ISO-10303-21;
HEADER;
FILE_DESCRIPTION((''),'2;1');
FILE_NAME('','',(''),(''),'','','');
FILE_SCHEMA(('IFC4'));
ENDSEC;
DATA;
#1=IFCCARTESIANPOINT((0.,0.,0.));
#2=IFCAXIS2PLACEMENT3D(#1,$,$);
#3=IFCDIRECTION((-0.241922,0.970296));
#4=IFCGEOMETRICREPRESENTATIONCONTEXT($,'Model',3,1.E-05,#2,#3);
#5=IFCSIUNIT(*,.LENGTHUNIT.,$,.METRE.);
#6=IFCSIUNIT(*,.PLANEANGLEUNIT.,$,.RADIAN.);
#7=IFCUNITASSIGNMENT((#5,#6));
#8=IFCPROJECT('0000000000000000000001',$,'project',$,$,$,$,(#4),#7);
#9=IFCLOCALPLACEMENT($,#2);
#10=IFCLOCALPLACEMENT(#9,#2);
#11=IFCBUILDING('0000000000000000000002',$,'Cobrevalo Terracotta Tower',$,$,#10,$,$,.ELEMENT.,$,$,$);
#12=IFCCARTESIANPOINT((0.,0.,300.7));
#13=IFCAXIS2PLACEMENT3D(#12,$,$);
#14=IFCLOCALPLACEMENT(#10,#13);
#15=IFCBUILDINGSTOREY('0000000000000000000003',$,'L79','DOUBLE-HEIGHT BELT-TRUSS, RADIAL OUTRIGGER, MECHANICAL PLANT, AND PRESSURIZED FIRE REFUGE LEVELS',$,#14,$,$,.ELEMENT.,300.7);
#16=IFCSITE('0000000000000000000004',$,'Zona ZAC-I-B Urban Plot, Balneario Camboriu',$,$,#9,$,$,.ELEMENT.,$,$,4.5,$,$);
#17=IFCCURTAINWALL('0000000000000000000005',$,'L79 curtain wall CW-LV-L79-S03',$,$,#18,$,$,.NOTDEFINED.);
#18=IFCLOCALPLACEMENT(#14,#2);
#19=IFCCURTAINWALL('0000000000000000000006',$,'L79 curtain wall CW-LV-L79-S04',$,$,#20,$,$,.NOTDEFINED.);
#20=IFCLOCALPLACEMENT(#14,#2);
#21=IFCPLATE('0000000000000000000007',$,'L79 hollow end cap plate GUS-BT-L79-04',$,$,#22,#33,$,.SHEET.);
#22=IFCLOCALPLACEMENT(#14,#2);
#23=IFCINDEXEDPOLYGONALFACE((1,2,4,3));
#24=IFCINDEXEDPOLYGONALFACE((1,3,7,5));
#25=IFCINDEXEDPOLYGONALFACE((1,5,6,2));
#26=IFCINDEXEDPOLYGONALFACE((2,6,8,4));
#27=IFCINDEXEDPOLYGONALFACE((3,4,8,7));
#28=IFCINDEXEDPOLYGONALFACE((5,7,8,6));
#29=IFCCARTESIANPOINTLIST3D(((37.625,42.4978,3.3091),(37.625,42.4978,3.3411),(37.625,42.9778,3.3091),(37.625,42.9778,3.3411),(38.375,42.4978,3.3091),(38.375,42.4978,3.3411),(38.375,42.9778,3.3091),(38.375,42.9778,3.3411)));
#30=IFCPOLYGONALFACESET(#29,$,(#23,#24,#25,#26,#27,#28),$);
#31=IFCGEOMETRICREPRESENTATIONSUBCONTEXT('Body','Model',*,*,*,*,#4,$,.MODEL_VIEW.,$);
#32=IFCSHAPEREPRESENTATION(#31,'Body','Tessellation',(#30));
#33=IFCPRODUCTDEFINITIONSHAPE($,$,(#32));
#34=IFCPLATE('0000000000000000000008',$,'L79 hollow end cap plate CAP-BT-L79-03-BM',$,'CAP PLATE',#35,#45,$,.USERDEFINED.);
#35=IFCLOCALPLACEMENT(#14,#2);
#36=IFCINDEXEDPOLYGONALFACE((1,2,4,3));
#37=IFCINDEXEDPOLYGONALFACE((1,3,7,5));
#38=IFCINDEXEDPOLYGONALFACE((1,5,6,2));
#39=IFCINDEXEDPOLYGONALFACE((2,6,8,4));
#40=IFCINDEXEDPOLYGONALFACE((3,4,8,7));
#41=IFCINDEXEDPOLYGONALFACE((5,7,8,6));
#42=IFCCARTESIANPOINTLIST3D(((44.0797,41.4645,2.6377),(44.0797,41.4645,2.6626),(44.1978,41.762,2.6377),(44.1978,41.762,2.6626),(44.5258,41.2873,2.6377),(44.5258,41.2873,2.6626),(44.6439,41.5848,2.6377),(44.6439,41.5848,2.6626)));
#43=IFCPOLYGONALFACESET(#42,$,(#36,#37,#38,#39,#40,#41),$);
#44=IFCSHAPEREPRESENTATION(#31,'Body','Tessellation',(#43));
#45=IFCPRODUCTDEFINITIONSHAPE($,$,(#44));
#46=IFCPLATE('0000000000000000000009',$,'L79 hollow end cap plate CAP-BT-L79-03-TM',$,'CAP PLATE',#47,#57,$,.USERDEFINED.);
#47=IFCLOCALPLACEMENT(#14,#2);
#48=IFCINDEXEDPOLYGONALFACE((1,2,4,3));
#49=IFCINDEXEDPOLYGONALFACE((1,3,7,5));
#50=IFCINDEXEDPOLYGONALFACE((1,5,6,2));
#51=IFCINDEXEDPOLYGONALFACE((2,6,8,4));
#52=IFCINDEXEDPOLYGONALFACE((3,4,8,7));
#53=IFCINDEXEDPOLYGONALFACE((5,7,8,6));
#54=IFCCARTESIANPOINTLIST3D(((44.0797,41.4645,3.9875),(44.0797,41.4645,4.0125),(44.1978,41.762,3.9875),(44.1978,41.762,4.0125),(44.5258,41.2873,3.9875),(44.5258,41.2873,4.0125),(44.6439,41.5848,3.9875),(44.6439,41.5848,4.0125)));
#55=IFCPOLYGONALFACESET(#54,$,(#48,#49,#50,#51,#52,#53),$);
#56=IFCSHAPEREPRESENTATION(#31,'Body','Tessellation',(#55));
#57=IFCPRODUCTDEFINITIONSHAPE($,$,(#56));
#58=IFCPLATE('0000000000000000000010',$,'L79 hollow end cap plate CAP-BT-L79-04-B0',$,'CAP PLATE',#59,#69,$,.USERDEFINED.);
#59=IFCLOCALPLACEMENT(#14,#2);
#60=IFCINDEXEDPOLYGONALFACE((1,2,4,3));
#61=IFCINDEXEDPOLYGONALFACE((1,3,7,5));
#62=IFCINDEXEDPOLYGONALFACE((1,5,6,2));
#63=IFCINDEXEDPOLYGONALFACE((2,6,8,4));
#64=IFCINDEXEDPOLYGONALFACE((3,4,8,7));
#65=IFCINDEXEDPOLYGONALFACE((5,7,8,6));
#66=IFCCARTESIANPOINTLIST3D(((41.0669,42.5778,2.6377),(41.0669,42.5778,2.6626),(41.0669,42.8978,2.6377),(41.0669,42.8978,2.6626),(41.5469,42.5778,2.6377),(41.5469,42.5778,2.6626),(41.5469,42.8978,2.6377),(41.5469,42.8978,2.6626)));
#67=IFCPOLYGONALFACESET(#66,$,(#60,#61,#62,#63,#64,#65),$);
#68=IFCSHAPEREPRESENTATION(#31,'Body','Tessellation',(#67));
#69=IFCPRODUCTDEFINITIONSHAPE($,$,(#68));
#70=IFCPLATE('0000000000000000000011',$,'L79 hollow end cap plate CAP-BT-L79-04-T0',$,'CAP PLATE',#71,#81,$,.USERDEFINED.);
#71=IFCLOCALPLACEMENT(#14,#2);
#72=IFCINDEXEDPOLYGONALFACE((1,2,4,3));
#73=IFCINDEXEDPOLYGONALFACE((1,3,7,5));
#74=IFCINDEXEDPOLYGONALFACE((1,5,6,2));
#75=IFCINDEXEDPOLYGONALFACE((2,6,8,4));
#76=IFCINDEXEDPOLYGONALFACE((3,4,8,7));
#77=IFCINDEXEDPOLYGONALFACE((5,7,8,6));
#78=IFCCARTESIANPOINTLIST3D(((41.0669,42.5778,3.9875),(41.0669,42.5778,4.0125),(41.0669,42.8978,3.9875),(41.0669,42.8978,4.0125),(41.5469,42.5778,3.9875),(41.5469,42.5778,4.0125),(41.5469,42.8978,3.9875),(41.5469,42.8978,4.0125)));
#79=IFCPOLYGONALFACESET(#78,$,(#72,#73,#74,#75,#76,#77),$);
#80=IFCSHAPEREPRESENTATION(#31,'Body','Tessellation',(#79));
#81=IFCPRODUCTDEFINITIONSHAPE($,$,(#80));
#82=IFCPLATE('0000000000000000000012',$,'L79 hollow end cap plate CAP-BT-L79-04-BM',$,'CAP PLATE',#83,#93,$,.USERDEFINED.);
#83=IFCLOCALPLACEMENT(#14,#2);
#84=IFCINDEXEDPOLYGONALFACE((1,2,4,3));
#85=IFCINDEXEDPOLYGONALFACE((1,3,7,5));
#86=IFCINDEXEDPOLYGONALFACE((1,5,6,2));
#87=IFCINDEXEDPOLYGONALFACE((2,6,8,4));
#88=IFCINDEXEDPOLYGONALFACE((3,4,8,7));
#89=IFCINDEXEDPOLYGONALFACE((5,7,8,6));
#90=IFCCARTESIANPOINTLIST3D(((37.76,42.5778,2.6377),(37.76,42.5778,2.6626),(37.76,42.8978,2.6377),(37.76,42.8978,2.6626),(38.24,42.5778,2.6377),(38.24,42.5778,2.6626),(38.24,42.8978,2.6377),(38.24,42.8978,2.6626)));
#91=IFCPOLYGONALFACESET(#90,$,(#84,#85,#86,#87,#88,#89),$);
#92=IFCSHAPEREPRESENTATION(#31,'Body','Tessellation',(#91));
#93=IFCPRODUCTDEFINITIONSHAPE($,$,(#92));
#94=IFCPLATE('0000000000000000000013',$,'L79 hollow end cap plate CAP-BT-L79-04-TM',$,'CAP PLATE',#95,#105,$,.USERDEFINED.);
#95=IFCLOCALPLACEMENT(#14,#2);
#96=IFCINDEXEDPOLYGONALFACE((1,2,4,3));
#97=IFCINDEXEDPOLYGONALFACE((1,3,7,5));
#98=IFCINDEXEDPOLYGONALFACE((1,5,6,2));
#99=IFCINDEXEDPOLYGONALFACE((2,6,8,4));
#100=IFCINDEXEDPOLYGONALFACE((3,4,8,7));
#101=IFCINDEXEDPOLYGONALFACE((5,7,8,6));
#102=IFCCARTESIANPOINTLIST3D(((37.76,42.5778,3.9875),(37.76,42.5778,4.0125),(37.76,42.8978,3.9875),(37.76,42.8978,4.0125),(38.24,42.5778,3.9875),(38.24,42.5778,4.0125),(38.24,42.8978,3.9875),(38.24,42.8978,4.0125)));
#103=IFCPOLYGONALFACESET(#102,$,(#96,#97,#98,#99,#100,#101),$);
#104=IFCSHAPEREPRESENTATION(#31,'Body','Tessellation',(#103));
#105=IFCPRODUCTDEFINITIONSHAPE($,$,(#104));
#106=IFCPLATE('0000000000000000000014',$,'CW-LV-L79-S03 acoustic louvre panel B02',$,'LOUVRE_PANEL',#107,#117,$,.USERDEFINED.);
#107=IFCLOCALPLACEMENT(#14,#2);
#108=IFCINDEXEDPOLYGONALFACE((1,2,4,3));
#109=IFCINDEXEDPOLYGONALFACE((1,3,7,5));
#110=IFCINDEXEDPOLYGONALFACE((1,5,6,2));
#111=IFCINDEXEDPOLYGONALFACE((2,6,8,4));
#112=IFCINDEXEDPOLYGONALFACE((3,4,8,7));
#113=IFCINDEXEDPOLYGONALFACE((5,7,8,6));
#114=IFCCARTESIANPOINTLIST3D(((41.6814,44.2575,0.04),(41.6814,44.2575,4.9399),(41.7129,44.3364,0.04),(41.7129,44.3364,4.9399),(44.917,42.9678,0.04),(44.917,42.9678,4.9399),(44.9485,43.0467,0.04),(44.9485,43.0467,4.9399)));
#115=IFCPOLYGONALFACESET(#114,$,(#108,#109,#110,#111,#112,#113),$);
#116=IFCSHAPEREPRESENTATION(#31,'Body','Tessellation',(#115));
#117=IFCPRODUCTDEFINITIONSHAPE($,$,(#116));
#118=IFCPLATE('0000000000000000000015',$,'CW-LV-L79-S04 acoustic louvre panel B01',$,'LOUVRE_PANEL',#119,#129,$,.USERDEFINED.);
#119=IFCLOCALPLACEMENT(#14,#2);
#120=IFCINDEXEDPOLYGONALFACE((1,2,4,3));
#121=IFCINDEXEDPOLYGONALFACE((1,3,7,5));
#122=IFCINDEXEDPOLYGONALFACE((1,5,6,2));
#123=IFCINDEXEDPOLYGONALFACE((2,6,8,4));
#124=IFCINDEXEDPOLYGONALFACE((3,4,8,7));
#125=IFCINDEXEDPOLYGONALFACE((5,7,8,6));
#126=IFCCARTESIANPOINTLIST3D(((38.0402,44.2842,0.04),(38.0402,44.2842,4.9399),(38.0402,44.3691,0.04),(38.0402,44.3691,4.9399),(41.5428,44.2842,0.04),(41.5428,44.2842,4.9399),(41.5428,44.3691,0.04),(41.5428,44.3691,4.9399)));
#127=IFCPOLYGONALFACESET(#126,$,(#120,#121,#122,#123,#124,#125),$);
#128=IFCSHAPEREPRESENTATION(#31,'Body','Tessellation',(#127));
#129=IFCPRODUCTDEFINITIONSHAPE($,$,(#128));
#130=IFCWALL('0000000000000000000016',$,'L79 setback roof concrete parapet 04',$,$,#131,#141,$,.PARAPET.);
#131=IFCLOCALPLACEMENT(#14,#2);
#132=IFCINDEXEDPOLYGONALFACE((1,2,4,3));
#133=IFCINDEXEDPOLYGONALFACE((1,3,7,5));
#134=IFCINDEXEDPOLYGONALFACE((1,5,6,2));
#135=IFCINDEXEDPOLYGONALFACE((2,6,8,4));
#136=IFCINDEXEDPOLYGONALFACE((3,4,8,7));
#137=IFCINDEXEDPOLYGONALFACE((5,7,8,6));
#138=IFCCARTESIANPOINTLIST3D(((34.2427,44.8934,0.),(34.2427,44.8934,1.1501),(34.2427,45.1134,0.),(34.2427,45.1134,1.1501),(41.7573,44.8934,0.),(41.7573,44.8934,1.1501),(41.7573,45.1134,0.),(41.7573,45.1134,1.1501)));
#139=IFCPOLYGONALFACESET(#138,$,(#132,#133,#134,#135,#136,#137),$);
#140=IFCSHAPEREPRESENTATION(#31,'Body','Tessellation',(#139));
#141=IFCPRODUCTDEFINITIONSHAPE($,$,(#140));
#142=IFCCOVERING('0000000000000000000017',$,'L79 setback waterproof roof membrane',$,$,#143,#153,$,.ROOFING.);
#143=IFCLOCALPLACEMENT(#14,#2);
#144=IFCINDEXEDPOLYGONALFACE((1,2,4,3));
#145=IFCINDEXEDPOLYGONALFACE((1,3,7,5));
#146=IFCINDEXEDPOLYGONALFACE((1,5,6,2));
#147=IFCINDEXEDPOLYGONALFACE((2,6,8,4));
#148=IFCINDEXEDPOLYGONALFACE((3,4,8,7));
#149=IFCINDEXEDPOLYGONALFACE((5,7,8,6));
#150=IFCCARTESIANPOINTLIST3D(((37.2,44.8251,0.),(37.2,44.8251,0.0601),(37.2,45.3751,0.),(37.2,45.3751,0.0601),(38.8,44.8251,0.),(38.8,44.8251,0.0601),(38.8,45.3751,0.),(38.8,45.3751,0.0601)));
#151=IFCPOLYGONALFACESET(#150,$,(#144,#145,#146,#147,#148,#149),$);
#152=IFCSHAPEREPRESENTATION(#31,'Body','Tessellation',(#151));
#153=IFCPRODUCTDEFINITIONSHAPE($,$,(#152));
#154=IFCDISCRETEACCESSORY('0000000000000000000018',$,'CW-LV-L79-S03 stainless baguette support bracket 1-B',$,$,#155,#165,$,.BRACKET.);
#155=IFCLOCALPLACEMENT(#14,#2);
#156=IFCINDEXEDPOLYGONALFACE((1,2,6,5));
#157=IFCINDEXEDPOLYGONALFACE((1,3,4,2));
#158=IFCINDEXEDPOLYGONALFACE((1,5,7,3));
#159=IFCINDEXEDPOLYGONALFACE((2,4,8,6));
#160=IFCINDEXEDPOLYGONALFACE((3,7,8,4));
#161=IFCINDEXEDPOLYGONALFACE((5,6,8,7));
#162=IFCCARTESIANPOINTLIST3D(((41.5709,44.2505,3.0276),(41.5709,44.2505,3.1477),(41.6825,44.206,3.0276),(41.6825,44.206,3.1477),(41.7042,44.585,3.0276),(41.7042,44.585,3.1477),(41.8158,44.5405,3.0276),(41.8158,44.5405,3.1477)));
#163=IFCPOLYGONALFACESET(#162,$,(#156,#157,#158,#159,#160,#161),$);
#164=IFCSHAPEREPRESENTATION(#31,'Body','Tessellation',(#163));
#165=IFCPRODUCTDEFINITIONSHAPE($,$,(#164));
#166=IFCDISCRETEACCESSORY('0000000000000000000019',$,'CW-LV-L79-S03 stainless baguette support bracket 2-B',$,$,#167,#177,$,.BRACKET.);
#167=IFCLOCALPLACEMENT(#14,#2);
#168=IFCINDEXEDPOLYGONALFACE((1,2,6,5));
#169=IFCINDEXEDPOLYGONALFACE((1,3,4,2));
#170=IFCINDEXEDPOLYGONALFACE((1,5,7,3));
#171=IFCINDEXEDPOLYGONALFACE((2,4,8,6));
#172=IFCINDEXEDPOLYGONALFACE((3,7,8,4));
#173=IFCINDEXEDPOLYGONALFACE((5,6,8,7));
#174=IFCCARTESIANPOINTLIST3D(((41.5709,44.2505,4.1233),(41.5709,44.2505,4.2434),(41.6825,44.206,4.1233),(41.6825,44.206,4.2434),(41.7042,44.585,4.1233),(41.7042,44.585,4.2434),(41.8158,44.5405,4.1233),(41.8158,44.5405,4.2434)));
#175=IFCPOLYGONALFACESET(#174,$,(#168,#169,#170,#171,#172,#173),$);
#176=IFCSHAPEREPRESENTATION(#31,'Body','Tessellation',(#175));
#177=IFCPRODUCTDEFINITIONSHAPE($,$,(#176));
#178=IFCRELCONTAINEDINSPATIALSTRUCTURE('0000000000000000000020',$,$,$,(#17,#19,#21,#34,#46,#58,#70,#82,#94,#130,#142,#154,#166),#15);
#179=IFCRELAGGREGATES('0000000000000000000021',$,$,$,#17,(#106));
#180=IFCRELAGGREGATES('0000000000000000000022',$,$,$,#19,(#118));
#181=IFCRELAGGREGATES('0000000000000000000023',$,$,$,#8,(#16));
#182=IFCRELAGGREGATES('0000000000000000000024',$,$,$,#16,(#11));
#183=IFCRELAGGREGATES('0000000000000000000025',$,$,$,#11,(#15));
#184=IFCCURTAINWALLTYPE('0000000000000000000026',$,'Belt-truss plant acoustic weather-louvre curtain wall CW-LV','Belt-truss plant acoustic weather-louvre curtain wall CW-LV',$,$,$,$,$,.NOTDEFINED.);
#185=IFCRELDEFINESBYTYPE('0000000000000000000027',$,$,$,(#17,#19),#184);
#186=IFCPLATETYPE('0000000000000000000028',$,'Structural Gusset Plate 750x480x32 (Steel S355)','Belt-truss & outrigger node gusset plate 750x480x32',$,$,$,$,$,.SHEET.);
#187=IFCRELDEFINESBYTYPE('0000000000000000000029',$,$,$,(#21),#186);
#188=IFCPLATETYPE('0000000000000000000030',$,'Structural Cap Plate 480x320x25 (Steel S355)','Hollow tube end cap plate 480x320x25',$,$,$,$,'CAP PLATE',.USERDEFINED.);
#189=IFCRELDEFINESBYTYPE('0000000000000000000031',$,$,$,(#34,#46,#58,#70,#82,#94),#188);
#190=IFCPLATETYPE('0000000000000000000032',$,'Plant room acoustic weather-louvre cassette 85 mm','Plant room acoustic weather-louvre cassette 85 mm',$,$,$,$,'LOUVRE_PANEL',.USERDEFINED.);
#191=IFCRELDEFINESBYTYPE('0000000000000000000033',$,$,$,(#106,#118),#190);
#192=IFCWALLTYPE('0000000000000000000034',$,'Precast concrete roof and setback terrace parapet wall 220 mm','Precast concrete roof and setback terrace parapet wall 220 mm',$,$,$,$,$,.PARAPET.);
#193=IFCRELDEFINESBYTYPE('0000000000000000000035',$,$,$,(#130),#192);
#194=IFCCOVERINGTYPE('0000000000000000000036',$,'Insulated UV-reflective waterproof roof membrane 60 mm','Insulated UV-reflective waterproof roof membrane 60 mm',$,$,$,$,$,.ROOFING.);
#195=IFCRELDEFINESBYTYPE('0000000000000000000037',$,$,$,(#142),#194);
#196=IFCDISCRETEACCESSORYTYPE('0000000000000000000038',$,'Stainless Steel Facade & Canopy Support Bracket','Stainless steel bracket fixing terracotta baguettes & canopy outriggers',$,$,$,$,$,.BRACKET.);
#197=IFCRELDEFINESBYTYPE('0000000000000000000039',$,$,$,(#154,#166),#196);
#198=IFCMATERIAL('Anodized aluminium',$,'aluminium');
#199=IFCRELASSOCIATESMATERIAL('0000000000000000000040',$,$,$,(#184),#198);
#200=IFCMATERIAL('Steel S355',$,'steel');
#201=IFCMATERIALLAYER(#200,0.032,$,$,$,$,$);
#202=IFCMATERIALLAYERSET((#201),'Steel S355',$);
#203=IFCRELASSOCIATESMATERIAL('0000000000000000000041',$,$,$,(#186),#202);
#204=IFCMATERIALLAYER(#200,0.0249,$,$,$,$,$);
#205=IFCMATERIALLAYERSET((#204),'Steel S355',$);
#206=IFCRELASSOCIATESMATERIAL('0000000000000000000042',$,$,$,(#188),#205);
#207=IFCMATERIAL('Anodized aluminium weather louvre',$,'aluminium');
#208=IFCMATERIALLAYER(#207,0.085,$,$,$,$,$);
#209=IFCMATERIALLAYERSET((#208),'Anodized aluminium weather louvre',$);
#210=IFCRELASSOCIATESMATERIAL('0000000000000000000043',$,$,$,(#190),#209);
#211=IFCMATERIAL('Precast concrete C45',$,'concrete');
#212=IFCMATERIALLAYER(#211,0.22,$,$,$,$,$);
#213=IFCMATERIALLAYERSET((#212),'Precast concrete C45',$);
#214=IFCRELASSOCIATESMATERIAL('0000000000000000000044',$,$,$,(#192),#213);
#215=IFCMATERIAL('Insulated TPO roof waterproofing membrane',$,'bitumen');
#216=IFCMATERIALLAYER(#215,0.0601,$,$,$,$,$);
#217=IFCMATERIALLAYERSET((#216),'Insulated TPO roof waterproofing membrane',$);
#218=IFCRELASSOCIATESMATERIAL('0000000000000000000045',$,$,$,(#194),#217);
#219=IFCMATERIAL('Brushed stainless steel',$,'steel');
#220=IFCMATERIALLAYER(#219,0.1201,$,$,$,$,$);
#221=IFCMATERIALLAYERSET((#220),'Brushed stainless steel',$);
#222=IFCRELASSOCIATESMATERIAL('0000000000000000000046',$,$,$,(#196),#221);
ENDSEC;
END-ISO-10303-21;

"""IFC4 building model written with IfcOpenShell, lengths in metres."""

from ifc_helpers import new_model, si_unit, direction, frame, frame_2d, origin, origin_2d, place, context, subcontext, project, spatial, rectangle, extrude, source, transform, mapped, material, layer, layer_set, type_object, element, aggregate, save


model = new_model("IFC4")

# Units and contexts
model_context = context("Model", 3, precision=1e-05, world=origin(), true_north=direction((-0.241922, 0.970296)))
body_context = subcontext(model_context, "Body", "Model", "MODEL_VIEW")
ifc_project = project(units=[si_unit("LENGTHUNIT", "METRE"), si_unit("PLANEANGLEUNIT", "RADIAN")], contexts=[model_context])

# Site, building, storey
site_placement = place(None, origin())
site = spatial("IfcSite", under=ifc_project, at=site_placement, Name="Zona ZAC-I-B Urban Plot, Balneario Camboriu", CompositionType="ELEMENT", RefElevation=4.5)
building_placement = place(site_placement, origin())
building = spatial("IfcBuilding", under=site, at=building_placement, Name="Cobrevalo Terracotta Tower", CompositionType="ELEMENT")
storey_placement = place(building_placement, frame((0.0, 0.0, 300.7)))
storey = spatial("IfcBuildingStorey", under=building, at=storey_placement, Name="L79", Description="DOUBLE-HEIGHT BELT-TRUSS, RADIAL OUTRIGGER, MECHANICAL PLANT, AND PRESSURIZED FIRE REFUGE LEVELS", CompositionType="ELEMENT", Elevation=300.7)

# Shared definitions
ifc_material_1 = material(Name="Steel S355", Category="steel")

# Curtain wall
ifc_material_2 = material(Name="Anodized aluminium", Category="aluminium")
curtain_wall_type = type_object("IfcCurtainWallType", Name="Belt-truss plant acoustic weather-louvre curtain wall CW-LV", Description="Belt-truss plant acoustic weather-louvre curtain wall CW-LV", PredefinedType="NOTDEFINED", material=ifc_material_2)
curtain_wall_1_placement = place(storey_placement, origin())
curtain_wall_1 = element("IfcCurtainWall", 1, at=curtain_wall_1_placement, inside=storey, type_object=curtain_wall_type, Name="L79 curtain wall CW-LV-L79-S03", PredefinedType="NOTDEFINED")

# Curtain wall
curtain_wall_2_placement = place(storey_placement, origin())
curtain_wall_2 = element("IfcCurtainWall", 2, at=curtain_wall_2_placement, inside=storey, type_object=curtain_wall_type, Name="L79 curtain wall CW-LV-L79-S04", PredefinedType="NOTDEFINED")

# Plates
ifc_layer_1 = layer(ifc_material_1, 0.032)
ifc_layer_set_1 = layer_set([ifc_layer_1], Name="Steel S355")
plate_type_1 = type_object("IfcPlateType", Name="Structural Gusset Plate 750x480x32 (Steel S355)", Description="Belt-truss & outrigger node gusset plate 750x480x32", PredefinedType="SHEET", material=ifc_layer_set_1)
shared_shape_1 = source(origin(), body_context, "Body", "SweptSolid", [
    extrude(rectangle(XDim=0.75, YDim=0.48, at=origin_2d()), origin(), (0.0, 0.0, 1.0), 0.032),
])
for number, where, z_axis, x_axis, name in (
    (3, (38.0, 42.7378, 3.3091), (0.0, 0.0, 1.0), (-1.0, 0.0, 0.0), "L79 hollow end cap plate GUS-BT-L79-04"),
):
    element("IfcPlate", number, at=place(storey_placement, frame(where, z_axis=z_axis, x_axis=x_axis)), inside=storey, type_object=plate_type_1, Name=name, PredefinedType="SHEET", context=body_context, shape_type="MappedRepresentation", body=[
        mapped(shared_shape_1, transform((0.0, 0.0, 0.0), scale=1.0)),
    ])
ifc_layer_2 = layer(ifc_material_1, 0.0249)
ifc_layer_set_2 = layer_set([ifc_layer_2], Name="Steel S355")
plate_type_2 = type_object("IfcPlateType", Name="Structural Cap Plate 480x320x25 (Steel S355)", Description="Hollow tube end cap plate 480x320x25", ElementType="CAP PLATE", PredefinedType="USERDEFINED", material=ifc_layer_set_2)
shared_shape_2 = source(origin(), body_context, "Body", "SweptSolid", [
    extrude(rectangle(XDim=0.48, YDim=0.3201, at=origin_2d()), origin(), (0.0, 0.0, 1.0), 0.0249),
])
for number, where, z_axis, x_axis, name in (
    (4, (44.3618, 41.5247, 2.6377), (0.0, 0.0, 1.0), (-0.929401, 0.369072, 0.0), "L79 hollow end cap plate CAP-BT-L79-03-BM"),
    (5, (44.3618, 41.5247, 3.9875), (0.0, 0.0, 1.0), (-0.929401, 0.369072, 0.0), "L79 hollow end cap plate CAP-BT-L79-03-TM"),
    (6, (41.3069, 42.7378, 2.6377), (0.0, 0.0, 1.0), (-1.0, 0.0, 0.0), "L79 hollow end cap plate CAP-BT-L79-04-B0"),
    (7, (41.3069, 42.7378, 3.9875), (0.0, 0.0, 1.0), (-1.0, 0.0, 0.0), "L79 hollow end cap plate CAP-BT-L79-04-T0"),
    (8, (38.0, 42.7378, 2.6377), (0.0, 0.0, 1.0), (-1.0, 0.0, 0.0), "L79 hollow end cap plate CAP-BT-L79-04-BM"),
    (9, (38.0, 42.7378, 3.9875), (0.0, 0.0, 1.0), (-1.0, 0.0, 0.0), "L79 hollow end cap plate CAP-BT-L79-04-TM"),
):
    element("IfcPlate", number, at=place(storey_placement, frame(where, z_axis=z_axis, x_axis=x_axis)), inside=storey, type_object=plate_type_2, Name=name, ObjectType="CAP PLATE", PredefinedType="USERDEFINED", context=body_context, shape_type="MappedRepresentation", body=[
        mapped(shared_shape_2, transform((0.0, 0.0, 0.0), scale=1.0)),
    ])

# Plates
ifc_material_3 = material(Name="Anodized aluminium weather louvre", Category="aluminium")
ifc_layer_3 = layer(ifc_material_3, 0.085)
ifc_layer_set_3 = layer_set([ifc_layer_3], Name="Anodized aluminium weather louvre")
plate_type_3 = type_object("IfcPlateType", Name="Plant room acoustic weather-louvre cassette 85 mm", Description="Plant room acoustic weather-louvre cassette 85 mm", ElementType="LOUVRE_PANEL", PredefinedType="USERDEFINED", material=ifc_layer_set_3)
shared_shape_3 = source(origin(), body_context, "Body", "SweptSolid", [
    extrude(rectangle(XDim=3.4832, YDim=0.085, at=origin_2d()), origin(), (0.0, 0.0, 1.0), 4.8999),
])
plate_1_placement = place(storey_placement, frame((43.3149, 43.6521, 0.04), z_axis=(0.0, 0.0, 1.0), x_axis=(-0.928925, 0.370269, 0.0)))
plate_1 = element("IfcPlate", 10, at=plate_1_placement, type_object=plate_type_3, Name="CW-LV-L79-S03 acoustic louvre panel B02", ObjectType="LOUVRE_PANEL", PredefinedType="USERDEFINED", context=body_context, shape_type="MappedRepresentation", body=[
    mapped(shared_shape_3, transform((0.0, 0.0, 0.0), scale=1.0)),
])
aggregate(curtain_wall_1, [plate_1])
shared_shape_4 = source(origin(), body_context, "Body", "SweptSolid", [
    extrude(rectangle(XDim=3.5027, YDim=0.085, at=origin_2d()), origin(), (0.0, 0.0, 1.0), 4.8999),
])
plate_2_placement = place(storey_placement, frame((39.7915, 44.3267, 0.04), z_axis=(0.0, 0.0, 1.0), x_axis=(-1.0, 0.0, 0.0)))
plate_2 = element("IfcPlate", 11, at=plate_2_placement, type_object=plate_type_3, Name="CW-LV-L79-S04 acoustic louvre panel B01", ObjectType="LOUVRE_PANEL", PredefinedType="USERDEFINED", context=body_context, shape_type="MappedRepresentation", body=[
    mapped(shared_shape_4, transform((0.0, 0.0, 0.0), scale=1.0)),
])
aggregate(curtain_wall_2, [plate_2])

# Wall
ifc_material_4 = material(Name="Precast concrete C45", Category="concrete")
ifc_layer_4 = layer(ifc_material_4, 0.22)
ifc_layer_set_4 = layer_set([ifc_layer_4], Name="Precast concrete C45")
wall_type = type_object("IfcWallType", Name="Precast concrete roof and setback terrace parapet wall 220 mm", Description="Precast concrete roof and setback terrace parapet wall 220 mm", PredefinedType="PARAPET", material=ifc_layer_set_4)
wall_placement = place(storey_placement, frame((41.7573, 45.0034, 0.0), z_axis=(0.0, 0.0, 1.0), x_axis=(-1.0, 0.0, 0.0)))
element("IfcWall", 12, at=wall_placement, inside=storey, type_object=wall_type, Name="L79 setback roof concrete parapet 04", PredefinedType="PARAPET", context=body_context, shape_type="SweptSolid", body=[
    extrude(rectangle(XDim=7.5146, YDim=0.22, at=frame_2d((3.7573, 0.0))), origin(), (0.0, 0.0, 1.0), 1.1501),
])

# Covering
ifc_material_5 = material(Name="Insulated TPO roof waterproofing membrane", Category="bitumen")
ifc_layer_5 = layer(ifc_material_5, 0.0601)
ifc_layer_set_5 = layer_set([ifc_layer_5], Name="Insulated TPO roof waterproofing membrane")
covering_type = type_object("IfcCoveringType", Name="Insulated UV-reflective waterproof roof membrane 60 mm", Description="Insulated UV-reflective waterproof roof membrane 60 mm", PredefinedType="ROOFING", material=ifc_layer_set_5)
shared_shape_5 = source(origin(), body_context, "Body", "SweptSolid", [
    extrude(rectangle(XDim=1.6001, YDim=0.55, at=origin_2d()), origin(), (0.0, 0.0, 1.0), 0.0601),
])
covering_placement = place(storey_placement, frame((38.0, 45.1001, 0.0), z_axis=(0.0, 0.0, 1.0), x_axis=(1.0, 0.0, 0.0)))
element("IfcCovering", 13, at=covering_placement, inside=storey, type_object=covering_type, Name="L79 setback waterproof roof membrane", PredefinedType="ROOFING", context=body_context, shape_type="MappedRepresentation", body=[
    mapped(shared_shape_5, transform((0.0, 0.0, 0.0), scale=1.0)),
])

# Discrete accessories
ifc_material_6 = material(Name="Brushed stainless steel", Category="steel")
ifc_layer_6 = layer(ifc_material_6, 0.1201)
ifc_layer_set_6 = layer_set([ifc_layer_6], Name="Brushed stainless steel")
discrete_accessory_type = type_object("IfcDiscreteAccessoryType", Name="Stainless Steel Facade & Canopy Support Bracket", Description="Stainless steel bracket fixing terracotta baguettes & canopy outriggers", PredefinedType="BRACKET", material=ifc_layer_set_6)
shared_shape_6 = source(origin(), body_context, "Body", "SweptSolid", [
    extrude(rectangle(XDim=0.1201, YDim=0.3601, at=origin_2d()), origin(), (0.0, 0.0, 1.0), 0.1201),
])
for number, where, z_axis, x_axis, name in (
    (14, (41.6934, 44.3955, 3.0276), (0.0, 0.0, 1.0), (-0.928925, 0.370269, 0.0), "CW-LV-L79-S03 stainless baguette support bracket 1-B"),
    (15, (41.6934, 44.3955, 4.1233), (0.0, 0.0, 1.0), (-0.928925, 0.370269, 0.0), "CW-LV-L79-S03 stainless baguette support bracket 2-B"),
):
    element("IfcDiscreteAccessory", number, at=place(storey_placement, frame(where, z_axis=z_axis, x_axis=x_axis)), inside=storey, type_object=discrete_accessory_type, Name=name, PredefinedType="BRACKET", context=body_context, shape_type="MappedRepresentation", body=[
        mapped(shared_shape_6, transform((0.0, 0.0, 0.0), scale=1.0)),
    ])

save(model, "model.ifc")
